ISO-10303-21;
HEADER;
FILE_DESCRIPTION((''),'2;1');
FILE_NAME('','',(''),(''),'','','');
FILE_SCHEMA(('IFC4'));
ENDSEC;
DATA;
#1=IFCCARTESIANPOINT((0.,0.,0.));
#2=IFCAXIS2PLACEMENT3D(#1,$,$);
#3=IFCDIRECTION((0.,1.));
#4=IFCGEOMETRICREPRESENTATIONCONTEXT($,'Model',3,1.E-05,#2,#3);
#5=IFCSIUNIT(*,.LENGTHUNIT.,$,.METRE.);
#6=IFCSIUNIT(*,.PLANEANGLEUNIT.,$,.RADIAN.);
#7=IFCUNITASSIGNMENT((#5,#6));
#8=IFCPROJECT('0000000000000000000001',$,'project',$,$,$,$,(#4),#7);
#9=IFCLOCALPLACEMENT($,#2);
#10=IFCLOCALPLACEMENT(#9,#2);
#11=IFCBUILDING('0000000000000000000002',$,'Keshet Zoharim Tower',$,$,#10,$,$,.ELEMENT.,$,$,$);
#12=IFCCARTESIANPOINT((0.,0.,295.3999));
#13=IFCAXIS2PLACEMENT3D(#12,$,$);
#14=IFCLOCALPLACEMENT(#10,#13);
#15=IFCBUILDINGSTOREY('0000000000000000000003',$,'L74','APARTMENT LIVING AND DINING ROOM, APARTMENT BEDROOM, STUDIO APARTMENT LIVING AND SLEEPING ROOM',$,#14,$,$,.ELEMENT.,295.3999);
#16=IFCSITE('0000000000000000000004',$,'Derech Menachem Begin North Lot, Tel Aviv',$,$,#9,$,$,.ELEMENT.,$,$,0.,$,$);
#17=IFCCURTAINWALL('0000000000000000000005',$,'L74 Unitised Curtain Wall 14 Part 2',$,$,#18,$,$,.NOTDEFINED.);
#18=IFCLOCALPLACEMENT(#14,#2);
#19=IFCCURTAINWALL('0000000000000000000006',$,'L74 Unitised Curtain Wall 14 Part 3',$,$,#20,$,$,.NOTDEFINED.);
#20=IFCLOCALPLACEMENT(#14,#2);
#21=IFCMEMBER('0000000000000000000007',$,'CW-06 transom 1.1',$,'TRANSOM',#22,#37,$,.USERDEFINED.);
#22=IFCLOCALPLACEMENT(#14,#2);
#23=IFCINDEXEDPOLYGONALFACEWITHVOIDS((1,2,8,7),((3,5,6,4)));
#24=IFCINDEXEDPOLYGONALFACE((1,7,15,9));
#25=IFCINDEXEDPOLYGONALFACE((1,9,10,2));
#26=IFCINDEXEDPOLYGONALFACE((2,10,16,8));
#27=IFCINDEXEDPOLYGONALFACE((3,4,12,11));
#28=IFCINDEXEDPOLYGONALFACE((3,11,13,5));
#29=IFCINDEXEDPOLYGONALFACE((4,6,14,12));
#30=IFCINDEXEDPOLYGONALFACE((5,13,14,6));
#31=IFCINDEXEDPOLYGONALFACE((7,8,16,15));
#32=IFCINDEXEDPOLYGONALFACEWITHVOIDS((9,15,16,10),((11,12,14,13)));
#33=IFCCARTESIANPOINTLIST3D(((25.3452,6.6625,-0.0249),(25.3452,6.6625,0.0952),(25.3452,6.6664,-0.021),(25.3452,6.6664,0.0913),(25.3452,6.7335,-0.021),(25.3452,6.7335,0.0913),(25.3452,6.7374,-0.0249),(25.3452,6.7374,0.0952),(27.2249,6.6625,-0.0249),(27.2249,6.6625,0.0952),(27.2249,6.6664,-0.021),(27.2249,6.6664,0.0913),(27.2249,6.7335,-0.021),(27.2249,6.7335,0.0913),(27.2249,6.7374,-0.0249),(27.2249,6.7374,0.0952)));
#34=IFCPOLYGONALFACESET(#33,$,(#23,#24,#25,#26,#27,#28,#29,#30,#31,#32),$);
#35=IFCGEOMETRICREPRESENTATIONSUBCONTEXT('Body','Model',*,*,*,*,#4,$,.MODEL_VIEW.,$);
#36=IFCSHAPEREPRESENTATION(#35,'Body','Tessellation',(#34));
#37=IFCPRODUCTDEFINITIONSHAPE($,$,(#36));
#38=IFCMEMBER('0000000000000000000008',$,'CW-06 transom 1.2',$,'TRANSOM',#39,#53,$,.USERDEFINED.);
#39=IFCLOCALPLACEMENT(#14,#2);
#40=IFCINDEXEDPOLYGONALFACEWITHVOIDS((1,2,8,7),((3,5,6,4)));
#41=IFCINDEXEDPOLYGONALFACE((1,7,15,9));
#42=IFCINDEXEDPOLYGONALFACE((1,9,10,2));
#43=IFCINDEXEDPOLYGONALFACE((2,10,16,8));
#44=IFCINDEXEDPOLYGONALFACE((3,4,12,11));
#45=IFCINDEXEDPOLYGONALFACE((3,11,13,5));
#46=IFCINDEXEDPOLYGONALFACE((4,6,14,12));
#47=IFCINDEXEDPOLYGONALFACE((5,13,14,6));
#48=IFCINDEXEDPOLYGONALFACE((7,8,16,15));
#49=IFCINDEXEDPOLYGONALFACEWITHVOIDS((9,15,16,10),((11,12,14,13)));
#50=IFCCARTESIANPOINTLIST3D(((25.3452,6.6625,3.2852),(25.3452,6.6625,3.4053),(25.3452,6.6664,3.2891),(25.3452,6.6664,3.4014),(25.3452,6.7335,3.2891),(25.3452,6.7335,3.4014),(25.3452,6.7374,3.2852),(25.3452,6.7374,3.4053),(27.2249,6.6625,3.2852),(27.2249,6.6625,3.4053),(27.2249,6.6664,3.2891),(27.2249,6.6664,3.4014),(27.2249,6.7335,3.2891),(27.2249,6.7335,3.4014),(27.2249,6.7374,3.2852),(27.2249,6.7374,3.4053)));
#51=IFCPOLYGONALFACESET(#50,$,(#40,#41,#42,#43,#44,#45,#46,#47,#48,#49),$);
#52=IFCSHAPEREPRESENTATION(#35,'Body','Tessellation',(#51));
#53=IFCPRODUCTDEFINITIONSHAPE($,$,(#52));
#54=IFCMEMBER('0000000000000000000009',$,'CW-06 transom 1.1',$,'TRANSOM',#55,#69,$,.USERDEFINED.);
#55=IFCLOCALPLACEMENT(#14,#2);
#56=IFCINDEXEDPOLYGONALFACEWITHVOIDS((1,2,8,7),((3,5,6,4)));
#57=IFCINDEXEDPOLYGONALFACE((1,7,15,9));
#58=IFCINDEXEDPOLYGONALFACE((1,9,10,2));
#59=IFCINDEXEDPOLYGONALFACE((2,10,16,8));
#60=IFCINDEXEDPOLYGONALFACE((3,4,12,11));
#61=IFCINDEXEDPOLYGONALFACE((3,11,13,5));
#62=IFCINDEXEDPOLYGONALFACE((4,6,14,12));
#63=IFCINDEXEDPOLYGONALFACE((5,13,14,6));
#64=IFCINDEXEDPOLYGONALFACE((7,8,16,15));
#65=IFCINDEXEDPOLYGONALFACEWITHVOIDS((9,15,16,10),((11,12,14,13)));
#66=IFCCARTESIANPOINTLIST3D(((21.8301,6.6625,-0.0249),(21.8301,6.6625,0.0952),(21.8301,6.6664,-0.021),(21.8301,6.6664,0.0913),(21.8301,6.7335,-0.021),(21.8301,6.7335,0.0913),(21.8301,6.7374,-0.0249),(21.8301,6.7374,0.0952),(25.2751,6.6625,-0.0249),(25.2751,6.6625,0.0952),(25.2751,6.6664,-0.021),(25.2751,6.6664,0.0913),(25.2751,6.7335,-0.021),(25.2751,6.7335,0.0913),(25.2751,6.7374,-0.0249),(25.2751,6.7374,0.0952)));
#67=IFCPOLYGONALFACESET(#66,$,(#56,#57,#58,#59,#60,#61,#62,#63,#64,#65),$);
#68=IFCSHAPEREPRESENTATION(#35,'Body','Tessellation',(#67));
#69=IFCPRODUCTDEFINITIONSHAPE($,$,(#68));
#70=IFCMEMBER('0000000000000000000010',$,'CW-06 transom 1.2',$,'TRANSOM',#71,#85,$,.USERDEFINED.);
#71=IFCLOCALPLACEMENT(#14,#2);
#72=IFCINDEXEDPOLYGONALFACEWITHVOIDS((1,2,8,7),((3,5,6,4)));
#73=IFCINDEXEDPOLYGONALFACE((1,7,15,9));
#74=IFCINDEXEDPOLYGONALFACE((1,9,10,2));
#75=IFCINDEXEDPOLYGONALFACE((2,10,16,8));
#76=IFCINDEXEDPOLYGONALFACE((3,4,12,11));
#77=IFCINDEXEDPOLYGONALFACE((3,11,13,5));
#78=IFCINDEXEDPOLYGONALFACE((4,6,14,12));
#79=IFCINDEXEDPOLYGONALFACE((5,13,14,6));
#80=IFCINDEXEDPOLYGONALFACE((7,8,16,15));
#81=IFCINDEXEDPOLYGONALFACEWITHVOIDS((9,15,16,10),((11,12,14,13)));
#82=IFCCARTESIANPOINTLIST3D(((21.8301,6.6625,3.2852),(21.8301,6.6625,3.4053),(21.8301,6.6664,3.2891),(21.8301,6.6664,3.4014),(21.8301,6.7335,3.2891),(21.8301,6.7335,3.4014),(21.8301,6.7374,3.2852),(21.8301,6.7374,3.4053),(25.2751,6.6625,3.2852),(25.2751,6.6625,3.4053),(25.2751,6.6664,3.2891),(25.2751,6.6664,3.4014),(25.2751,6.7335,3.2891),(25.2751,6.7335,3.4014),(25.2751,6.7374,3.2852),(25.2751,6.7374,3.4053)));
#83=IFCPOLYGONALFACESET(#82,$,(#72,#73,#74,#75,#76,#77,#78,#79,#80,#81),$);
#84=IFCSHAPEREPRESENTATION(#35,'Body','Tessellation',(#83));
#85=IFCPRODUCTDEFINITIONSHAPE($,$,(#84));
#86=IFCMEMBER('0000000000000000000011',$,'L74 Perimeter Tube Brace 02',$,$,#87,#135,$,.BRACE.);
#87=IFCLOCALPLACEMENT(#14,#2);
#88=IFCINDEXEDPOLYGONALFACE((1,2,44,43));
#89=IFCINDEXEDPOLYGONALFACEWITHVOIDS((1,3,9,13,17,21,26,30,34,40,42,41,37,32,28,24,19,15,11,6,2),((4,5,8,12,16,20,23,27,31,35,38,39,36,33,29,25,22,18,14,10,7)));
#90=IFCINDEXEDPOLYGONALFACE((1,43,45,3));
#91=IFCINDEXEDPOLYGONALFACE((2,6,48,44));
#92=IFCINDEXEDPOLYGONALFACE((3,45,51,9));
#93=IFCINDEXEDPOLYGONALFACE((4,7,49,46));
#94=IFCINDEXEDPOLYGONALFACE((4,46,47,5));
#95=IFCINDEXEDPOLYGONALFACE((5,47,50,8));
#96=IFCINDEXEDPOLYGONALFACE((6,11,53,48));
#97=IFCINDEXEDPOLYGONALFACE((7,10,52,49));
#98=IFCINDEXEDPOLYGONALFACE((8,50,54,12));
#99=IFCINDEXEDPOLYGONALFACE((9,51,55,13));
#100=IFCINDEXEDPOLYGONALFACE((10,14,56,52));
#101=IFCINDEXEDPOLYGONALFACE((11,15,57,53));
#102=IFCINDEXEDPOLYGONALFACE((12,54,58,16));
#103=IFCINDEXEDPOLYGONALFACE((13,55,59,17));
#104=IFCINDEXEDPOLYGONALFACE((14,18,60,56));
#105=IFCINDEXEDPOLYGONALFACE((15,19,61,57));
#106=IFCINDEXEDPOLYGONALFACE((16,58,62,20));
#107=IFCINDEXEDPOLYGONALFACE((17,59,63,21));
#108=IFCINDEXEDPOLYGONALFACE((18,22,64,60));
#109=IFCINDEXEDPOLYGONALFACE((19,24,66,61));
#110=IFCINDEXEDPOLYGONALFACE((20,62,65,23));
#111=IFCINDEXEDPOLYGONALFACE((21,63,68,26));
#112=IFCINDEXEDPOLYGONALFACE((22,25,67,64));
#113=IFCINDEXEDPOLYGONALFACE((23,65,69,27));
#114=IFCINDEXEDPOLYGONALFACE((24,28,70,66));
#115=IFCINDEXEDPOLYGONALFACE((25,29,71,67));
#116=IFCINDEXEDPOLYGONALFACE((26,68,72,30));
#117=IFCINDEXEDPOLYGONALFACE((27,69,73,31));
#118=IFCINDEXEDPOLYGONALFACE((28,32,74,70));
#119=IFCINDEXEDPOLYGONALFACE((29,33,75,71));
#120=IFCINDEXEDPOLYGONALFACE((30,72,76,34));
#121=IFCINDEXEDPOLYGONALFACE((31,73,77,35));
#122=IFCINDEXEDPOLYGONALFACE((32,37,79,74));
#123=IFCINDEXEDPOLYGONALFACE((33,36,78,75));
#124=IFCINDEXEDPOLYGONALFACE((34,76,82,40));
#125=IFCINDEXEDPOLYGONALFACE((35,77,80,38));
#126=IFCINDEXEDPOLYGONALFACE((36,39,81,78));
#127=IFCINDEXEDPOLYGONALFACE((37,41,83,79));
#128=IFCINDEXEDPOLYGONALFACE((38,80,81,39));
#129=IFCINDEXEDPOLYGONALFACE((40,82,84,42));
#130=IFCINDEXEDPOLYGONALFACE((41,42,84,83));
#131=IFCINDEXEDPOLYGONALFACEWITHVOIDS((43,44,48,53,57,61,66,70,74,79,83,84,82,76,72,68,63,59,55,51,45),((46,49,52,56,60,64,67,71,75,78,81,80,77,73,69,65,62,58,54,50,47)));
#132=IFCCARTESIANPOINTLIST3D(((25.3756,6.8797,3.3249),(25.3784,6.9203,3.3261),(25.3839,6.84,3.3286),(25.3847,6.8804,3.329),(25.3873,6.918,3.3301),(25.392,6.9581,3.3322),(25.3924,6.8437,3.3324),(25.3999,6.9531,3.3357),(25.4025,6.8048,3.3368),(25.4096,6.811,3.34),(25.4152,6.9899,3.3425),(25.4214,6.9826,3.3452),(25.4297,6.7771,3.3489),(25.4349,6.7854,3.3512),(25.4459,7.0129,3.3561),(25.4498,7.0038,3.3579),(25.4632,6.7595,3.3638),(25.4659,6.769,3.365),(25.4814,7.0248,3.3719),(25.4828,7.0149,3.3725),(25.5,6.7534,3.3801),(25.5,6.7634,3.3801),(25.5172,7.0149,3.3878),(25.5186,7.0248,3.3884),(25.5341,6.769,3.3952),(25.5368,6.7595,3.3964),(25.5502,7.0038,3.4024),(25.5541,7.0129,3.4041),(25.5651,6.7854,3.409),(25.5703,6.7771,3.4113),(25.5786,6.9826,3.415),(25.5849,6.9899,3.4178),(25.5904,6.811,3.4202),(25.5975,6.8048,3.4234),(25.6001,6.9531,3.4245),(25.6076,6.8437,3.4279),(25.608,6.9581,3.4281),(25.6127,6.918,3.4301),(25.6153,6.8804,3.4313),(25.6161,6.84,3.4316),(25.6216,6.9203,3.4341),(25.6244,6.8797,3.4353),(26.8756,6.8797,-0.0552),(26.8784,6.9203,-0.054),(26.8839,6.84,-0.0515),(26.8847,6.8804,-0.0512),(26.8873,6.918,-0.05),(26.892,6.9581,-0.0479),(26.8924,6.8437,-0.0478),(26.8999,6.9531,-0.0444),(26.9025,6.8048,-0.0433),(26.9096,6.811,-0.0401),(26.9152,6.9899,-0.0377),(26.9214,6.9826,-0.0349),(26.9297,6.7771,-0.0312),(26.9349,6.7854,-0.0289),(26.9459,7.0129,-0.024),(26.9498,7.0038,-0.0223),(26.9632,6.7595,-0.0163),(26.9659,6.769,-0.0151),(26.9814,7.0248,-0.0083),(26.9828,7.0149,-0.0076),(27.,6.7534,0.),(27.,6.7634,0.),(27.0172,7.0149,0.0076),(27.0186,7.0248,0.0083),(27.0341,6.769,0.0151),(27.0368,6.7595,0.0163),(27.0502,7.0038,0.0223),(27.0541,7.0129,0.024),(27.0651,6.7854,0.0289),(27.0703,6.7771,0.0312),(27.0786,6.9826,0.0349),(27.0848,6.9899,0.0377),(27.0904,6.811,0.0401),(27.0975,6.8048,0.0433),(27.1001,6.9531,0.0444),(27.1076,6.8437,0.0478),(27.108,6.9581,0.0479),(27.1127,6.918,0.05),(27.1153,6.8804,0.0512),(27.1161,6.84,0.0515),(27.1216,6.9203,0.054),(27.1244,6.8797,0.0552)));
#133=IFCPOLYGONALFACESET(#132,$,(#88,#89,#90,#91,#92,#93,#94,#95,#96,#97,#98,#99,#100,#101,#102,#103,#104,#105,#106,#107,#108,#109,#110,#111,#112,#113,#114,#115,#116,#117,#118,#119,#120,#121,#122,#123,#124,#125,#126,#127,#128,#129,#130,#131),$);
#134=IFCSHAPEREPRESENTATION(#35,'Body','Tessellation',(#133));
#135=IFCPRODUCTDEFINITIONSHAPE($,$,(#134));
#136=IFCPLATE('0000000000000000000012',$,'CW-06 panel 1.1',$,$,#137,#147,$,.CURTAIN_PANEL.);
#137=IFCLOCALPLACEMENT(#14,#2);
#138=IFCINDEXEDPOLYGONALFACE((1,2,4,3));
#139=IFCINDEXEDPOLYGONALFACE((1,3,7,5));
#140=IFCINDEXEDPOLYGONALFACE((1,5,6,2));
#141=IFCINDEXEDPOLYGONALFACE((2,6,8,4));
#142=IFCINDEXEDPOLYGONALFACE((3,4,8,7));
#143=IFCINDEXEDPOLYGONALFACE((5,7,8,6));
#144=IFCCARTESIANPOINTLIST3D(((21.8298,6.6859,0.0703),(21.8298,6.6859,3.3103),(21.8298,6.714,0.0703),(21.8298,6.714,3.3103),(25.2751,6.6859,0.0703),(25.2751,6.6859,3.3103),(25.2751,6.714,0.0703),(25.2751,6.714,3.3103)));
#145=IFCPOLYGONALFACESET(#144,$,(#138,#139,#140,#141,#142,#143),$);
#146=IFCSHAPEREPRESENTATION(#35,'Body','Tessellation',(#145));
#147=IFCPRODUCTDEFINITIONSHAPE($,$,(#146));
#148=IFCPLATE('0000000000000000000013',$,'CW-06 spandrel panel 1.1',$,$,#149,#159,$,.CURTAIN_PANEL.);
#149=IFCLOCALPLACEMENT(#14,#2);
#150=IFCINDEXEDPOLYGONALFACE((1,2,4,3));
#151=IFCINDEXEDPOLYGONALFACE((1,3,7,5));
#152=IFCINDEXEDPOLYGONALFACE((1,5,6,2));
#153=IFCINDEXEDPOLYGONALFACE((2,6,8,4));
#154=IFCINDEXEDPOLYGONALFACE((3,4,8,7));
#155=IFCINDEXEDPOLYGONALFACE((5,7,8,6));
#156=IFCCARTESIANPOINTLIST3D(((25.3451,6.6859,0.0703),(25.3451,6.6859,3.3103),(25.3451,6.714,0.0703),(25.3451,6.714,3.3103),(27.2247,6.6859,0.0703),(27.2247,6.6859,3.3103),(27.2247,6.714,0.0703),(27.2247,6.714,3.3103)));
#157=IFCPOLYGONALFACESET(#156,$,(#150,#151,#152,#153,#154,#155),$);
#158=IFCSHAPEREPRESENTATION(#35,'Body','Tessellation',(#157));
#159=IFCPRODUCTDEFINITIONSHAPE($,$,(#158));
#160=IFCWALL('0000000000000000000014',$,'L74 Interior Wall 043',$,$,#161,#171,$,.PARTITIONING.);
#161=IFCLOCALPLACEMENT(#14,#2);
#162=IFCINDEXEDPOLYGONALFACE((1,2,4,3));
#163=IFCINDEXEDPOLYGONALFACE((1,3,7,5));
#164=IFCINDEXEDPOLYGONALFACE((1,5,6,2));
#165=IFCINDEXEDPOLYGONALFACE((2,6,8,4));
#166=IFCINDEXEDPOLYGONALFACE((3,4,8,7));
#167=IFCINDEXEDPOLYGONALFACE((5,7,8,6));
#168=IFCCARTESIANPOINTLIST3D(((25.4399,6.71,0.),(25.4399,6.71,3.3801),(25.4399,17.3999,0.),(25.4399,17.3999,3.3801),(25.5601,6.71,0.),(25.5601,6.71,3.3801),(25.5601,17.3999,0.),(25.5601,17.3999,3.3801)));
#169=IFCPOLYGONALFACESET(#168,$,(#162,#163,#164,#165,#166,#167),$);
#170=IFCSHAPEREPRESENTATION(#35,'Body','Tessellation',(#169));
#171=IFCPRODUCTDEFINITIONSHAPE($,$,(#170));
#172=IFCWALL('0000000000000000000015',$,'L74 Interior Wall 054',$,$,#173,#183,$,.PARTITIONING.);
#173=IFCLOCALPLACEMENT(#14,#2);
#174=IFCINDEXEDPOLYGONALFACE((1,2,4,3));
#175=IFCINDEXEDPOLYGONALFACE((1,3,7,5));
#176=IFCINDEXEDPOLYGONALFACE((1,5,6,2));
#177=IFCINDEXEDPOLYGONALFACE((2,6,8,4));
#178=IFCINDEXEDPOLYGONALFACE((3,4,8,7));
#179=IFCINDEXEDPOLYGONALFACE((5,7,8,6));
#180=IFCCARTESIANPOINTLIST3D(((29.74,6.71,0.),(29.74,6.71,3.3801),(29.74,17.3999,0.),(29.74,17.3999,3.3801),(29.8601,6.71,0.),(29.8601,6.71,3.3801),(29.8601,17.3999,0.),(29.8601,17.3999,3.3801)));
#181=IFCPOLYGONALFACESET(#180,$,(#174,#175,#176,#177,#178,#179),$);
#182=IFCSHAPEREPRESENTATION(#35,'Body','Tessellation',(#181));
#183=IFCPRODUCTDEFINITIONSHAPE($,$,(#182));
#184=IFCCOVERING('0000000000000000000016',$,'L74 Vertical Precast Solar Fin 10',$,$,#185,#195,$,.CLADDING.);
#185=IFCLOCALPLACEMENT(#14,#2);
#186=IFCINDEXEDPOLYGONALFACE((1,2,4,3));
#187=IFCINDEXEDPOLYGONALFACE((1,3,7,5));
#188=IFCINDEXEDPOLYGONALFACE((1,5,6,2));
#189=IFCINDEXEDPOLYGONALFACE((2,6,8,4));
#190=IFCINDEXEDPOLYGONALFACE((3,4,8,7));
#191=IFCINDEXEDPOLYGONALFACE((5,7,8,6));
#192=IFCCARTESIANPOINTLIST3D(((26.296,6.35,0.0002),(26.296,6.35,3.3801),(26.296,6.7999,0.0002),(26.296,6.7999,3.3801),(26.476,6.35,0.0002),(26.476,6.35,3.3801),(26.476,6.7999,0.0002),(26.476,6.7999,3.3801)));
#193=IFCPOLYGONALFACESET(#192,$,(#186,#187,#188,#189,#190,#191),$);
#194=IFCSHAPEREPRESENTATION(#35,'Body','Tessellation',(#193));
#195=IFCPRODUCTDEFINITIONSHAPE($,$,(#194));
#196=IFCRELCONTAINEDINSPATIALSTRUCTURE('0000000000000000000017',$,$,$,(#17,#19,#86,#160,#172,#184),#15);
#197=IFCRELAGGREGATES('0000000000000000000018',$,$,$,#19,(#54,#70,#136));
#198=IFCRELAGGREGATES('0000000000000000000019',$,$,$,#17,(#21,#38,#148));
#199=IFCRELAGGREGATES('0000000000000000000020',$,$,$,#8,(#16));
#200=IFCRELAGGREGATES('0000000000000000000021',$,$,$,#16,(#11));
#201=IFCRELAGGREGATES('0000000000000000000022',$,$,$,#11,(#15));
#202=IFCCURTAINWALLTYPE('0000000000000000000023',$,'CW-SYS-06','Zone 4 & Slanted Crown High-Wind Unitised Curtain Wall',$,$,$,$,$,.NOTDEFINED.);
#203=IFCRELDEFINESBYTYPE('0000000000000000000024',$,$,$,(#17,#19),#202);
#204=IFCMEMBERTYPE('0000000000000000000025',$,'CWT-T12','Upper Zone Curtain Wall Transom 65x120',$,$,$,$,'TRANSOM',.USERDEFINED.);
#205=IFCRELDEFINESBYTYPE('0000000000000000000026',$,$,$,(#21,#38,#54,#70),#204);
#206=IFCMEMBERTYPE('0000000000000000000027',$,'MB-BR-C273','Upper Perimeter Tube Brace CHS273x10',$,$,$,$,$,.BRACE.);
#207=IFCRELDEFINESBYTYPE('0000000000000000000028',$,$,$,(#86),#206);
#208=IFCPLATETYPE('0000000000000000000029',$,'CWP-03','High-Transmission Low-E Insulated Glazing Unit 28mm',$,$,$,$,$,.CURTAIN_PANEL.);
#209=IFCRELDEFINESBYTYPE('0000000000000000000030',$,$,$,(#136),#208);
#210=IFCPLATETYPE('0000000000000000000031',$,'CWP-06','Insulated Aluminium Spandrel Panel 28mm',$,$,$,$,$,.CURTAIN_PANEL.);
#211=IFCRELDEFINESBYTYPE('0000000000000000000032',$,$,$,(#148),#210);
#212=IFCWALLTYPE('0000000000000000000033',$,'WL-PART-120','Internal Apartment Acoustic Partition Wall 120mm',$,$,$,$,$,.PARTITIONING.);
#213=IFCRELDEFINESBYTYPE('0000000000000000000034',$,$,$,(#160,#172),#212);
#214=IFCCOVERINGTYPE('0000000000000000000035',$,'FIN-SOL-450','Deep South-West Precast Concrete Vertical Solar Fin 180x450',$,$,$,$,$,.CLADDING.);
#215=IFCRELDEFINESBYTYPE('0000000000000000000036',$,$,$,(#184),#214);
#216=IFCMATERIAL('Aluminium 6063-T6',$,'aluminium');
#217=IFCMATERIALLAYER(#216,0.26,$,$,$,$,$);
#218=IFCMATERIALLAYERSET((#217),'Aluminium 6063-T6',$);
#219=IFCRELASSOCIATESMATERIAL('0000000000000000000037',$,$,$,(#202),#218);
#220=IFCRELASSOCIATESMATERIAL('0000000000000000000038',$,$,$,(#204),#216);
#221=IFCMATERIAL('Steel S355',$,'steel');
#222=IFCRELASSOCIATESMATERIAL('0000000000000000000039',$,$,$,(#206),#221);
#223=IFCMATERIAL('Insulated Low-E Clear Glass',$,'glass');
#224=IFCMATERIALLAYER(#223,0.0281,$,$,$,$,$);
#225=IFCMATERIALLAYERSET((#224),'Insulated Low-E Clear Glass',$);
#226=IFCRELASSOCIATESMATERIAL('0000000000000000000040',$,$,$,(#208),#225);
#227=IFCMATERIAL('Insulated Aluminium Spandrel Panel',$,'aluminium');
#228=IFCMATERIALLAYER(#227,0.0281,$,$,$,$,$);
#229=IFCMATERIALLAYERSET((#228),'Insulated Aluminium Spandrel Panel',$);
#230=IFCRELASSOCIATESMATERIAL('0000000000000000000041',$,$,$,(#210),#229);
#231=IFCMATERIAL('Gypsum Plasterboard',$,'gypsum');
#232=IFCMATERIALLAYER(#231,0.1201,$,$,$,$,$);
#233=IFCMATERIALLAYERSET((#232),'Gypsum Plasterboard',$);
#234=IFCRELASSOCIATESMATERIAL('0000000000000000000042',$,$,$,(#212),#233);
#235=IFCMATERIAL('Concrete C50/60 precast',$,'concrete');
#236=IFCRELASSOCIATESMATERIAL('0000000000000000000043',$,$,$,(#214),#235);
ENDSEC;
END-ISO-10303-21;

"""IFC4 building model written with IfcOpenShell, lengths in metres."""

from ifc_helpers import new_model, si_unit, direction, frame, frame_2d, origin, origin_2d, place, context, subcontext, project, spatial, rectangle, hollow_rectangle, hollow_circle, extrude, material, layer, layer_set, material_profile, profile_set, type_object, element, aggregate, save


model = new_model("IFC4")

# Units and contexts
model_context = context("Model", 3, precision=1e-05, world=origin(), true_north=direction((0.0, 1.0)))
body_context = subcontext(model_context, "Body", "Model", "MODEL_VIEW")
ifc_project = project(units=[si_unit("LENGTHUNIT", "METRE"), si_unit("PLANEANGLEUNIT", "RADIAN")], contexts=[model_context])

# Site, building, storey
site_placement = place(None, origin())
site = spatial("IfcSite", under=ifc_project, at=site_placement, Name="Derech Menachem Begin North Lot, Tel Aviv", CompositionType="ELEMENT", RefElevation=0.0)
building_placement = place(site_placement, origin())
building = spatial("IfcBuilding", under=site, at=building_placement, Name="Keshet Zoharim Tower", CompositionType="ELEMENT")
storey_placement = place(building_placement, frame((0.0, 0.0, 295.3999)))
storey = spatial("IfcBuildingStorey", under=building, at=storey_placement, Name="L74", Description="APARTMENT LIVING AND DINING ROOM, APARTMENT BEDROOM, STUDIO APARTMENT LIVING AND SLEEPING ROOM", CompositionType="ELEMENT", Elevation=295.3999)

# Shared definitions
ifc_material_1 = material(Name="Steel S355", Category="steel")

# Curtain walls
ifc_material_2 = material(Name="Aluminium 6063-T6", Category="aluminium")
ifc_layer_1 = layer(ifc_material_2, 0.26)
ifc_layer_set_1 = layer_set([ifc_layer_1], Name="Aluminium 6063-T6")
curtain_wall_type = type_object("IfcCurtainWallType", Name="CW-SYS-06", Description="Zone 4 & Slanted Crown High-Wind Unitised Curtain Wall", PredefinedType="NOTDEFINED", material=ifc_layer_set_1)
curtain_wall_1_placement = place(storey_placement, origin())
curtain_wall_1 = element("IfcCurtainWall", 1, at=curtain_wall_1_placement, inside=storey, type_object=curtain_wall_type, Name="L74 Unitised Curtain Wall 14 Part 2", PredefinedType="NOTDEFINED")
curtain_wall_2_placement = place(storey_placement, origin())
curtain_wall_2 = element("IfcCurtainWall", 2, at=curtain_wall_2_placement, inside=storey, type_object=curtain_wall_type, Name="L74 Unitised Curtain Wall 14 Part 3", PredefinedType="NOTDEFINED")

# Members
ifc_material_profile_1 = material_profile(ifc_material_2, hollow_rectangle(XDim=0.075, YDim=0.1201, WallThickness=0.0039, at=origin_2d()), Name="TRN-75x120")
ifc_profile_set_1 = profile_set([ifc_material_profile_1], Name="Aluminium 6063-T6")
member_type_1 = type_object("IfcMemberType", Name="CWT-T12", Description="Upper Zone Curtain Wall Transom 65x120", ElementType="TRANSOM", PredefinedType="USERDEFINED", material=ifc_profile_set_1)
member_1_placement = place(storey_placement, frame((27.2249, 6.7, 0.0352), z_axis=(-1.0, 0.0, 0.0), x_axis=(0.0, -1.0, 0.0)))
member_1 = element("IfcMember", 3, at=member_1_placement, type_object=member_type_1, Name="CW-06 transom 1.1", ObjectType="TRANSOM", PredefinedType="USERDEFINED", context=body_context, shape_type="SweptSolid", body=[
    extrude(hollow_rectangle(XDim=0.075, YDim=0.1201, WallThickness=0.0039, at=origin_2d()), origin(), (0.0, 0.0, 1.0), 1.8796),
])
member_2_placement = place(storey_placement, frame((27.2249, 6.7, 3.3452), z_axis=(-1.0, 0.0, 0.0), x_axis=(0.0, -1.0, 0.0)))
member_2 = element("IfcMember", 4, at=member_2_placement, type_object=member_type_1, Name="CW-06 transom 1.2", ObjectType="TRANSOM", PredefinedType="USERDEFINED", context=body_context, shape_type="SweptSolid", body=[
    extrude(hollow_rectangle(XDim=0.075, YDim=0.1201, WallThickness=0.0039, at=origin_2d()), origin(), (0.0, 0.0, 1.0), 1.8796),
])
member_3_placement = place(storey_placement, frame((25.2751, 6.7, 0.0352), z_axis=(-1.0, 0.0, 0.0), x_axis=(0.0, -1.0, 0.0)))
member_3 = element("IfcMember", 5, at=member_3_placement, type_object=member_type_1, Name="CW-06 transom 1.1", ObjectType="TRANSOM", PredefinedType="USERDEFINED", context=body_context, shape_type="SweptSolid", body=[
    extrude(hollow_rectangle(XDim=0.075, YDim=0.1201, WallThickness=0.0039, at=origin_2d()), origin(), (0.0, 0.0, 1.0), 3.4451),
])
member_4_placement = place(storey_placement, frame((25.2751, 6.7, 3.3452), z_axis=(-1.0, 0.0, 0.0), x_axis=(0.0, -1.0, 0.0)))
member_4 = element("IfcMember", 6, at=member_4_placement, type_object=member_type_1, Name="CW-06 transom 1.2", ObjectType="TRANSOM", PredefinedType="USERDEFINED", context=body_context, shape_type="SweptSolid", body=[
    extrude(hollow_rectangle(XDim=0.075, YDim=0.1201, WallThickness=0.0039, at=origin_2d()), origin(), (0.0, 0.0, 1.0), 3.4451),
])
ifc_material_profile_2 = material_profile(ifc_material_1, hollow_circle(Radius=0.1365, WallThickness=0.01, at=origin_2d()), Name="CHS273x10")
ifc_profile_set_2 = profile_set([ifc_material_profile_2], Name="Steel S355")
member_type_2 = type_object("IfcMemberType", Name="MB-BR-C273", Description="Upper Perimeter Tube Brace CHS273x10", PredefinedType="BRACE", material=ifc_profile_set_2)
member_5_placement = place(storey_placement, frame((27.0, 6.8899, 0.0), z_axis=(-0.405624, 0.0, 0.91404), x_axis=(0.0, -1.0, 0.0)))
element("IfcMember", 7, at=member_5_placement, inside=storey, type_object=member_type_2, Name="L74 Perimeter Tube Brace 02", PredefinedType="BRACE", context=body_context, shape_type="SweptSolid", body=[
    extrude(hollow_circle(Radius=0.1365, WallThickness=0.01, at=origin_2d()), origin(), (0.0, 0.0, 1.0), 3.698),
])

# Plates
ifc_material_3 = material(Name="Insulated Low-E Clear Glass", Category="glass")
ifc_layer_2 = layer(ifc_material_3, 0.0281)
ifc_layer_set_2 = layer_set([ifc_layer_2], Name="Insulated Low-E Clear Glass")
plate_type_1 = type_object("IfcPlateType", Name="CWP-03", Description="High-Transmission Low-E Insulated Glazing Unit 28mm", PredefinedType="CURTAIN_PANEL", material=ifc_layer_set_2)
plate_1_placement = place(storey_placement, frame((23.5525, 6.7, 0.0703), z_axis=(0.0, 0.0, 1.0), x_axis=(-1.0, 0.0, 0.0)))
plate_1 = element("IfcPlate", 8, at=plate_1_placement, type_object=plate_type_1, Name="CW-06 panel 1.1", PredefinedType="CURTAIN_PANEL", context=body_context, shape_type="SweptSolid", body=[
    extrude(rectangle(XDim=3.4453, YDim=0.0281, at=origin_2d()), origin(), (0.0, 0.0, 1.0), 3.24),
])
aggregate(curtain_wall_2, [member_3, member_4, plate_1])
ifc_material_4 = material(Name="Insulated Aluminium Spandrel Panel", Category="aluminium")
ifc_layer_3 = layer(ifc_material_4, 0.0281)
ifc_layer_set_3 = layer_set([ifc_layer_3], Name="Insulated Aluminium Spandrel Panel")
plate_type_2 = type_object("IfcPlateType", Name="CWP-06", Description="Insulated Aluminium Spandrel Panel 28mm", PredefinedType="CURTAIN_PANEL", material=ifc_layer_set_3)
plate_2_placement = place(storey_placement, frame((26.2849, 6.7, 0.0703), z_axis=(0.0, 0.0, 1.0), x_axis=(-1.0, 0.0, 0.0)))
plate_2 = element("IfcPlate", 9, at=plate_2_placement, type_object=plate_type_2, Name="CW-06 spandrel panel 1.1", PredefinedType="CURTAIN_PANEL", context=body_context, shape_type="SweptSolid", body=[
    extrude(rectangle(XDim=1.8796, YDim=0.0281, at=origin_2d()), origin(), (0.0, 0.0, 1.0), 3.24),
])
aggregate(curtain_wall_1, [member_1, member_2, plate_2])

# Shared definitions
ifc_material_5 = material(Name="Gypsum Plasterboard", Category="gypsum")

# Walls
ifc_layer_4 = layer(ifc_material_5, 0.1201)
ifc_layer_set_4 = layer_set([ifc_layer_4], Name="Gypsum Plasterboard")
wall_type_1 = type_object("IfcWallType", Name="WL-PART-120", Description="Internal Apartment Acoustic Partition Wall 120mm", PredefinedType="PARTITIONING", material=ifc_layer_set_4)
for number, where, z_axis, x_axis, name in (
    (10, (25.5, 6.71, 0.0), (0.0, 0.0, 1.0), (0.0, 1.0, 0.0), "L74 Interior Wall 043"),
    (11, (29.8, 6.71, 0.0), (0.0, 0.0, 1.0), (0.0, 1.0, 0.0), "L74 Interior Wall 054"),
):
    element("IfcWall", number, at=place(storey_placement, frame(where, z_axis=z_axis, x_axis=x_axis)), inside=storey, type_object=wall_type_1, Name=name, PredefinedType="PARTITIONING", context=body_context, shape_type="SweptSolid", body=[
        extrude(rectangle(XDim=10.6899, YDim=0.1201, at=frame_2d((5.345, 0.0))), origin(), (0.0, 0.0, 1.0), 3.3801),
    ])

# Covering
ifc_material_6 = material(Name="Concrete C50/60 precast", Category="concrete")
covering_type = type_object("IfcCoveringType", Name="FIN-SOL-450", Description="Deep South-West Precast Concrete Vertical Solar Fin 180x450", PredefinedType="CLADDING", material=ifc_material_6)
covering_placement = place(storey_placement, frame((26.386, 6.575, 0.0002), z_axis=(0.0, 0.0, 1.0), x_axis=(-1.0, 0.0, 0.0)))
element("IfcCovering", 12, at=covering_placement, inside=storey, type_object=covering_type, Name="L74 Vertical Precast Solar Fin 10", PredefinedType="CLADDING", context=body_context, shape_type="SweptSolid", body=[
    extrude(rectangle(XDim=0.1799, YDim=0.45, at=origin_2d()), origin(), (0.0, 0.0, 1.0), 3.3799),
])

save(model, "model.ifc")
